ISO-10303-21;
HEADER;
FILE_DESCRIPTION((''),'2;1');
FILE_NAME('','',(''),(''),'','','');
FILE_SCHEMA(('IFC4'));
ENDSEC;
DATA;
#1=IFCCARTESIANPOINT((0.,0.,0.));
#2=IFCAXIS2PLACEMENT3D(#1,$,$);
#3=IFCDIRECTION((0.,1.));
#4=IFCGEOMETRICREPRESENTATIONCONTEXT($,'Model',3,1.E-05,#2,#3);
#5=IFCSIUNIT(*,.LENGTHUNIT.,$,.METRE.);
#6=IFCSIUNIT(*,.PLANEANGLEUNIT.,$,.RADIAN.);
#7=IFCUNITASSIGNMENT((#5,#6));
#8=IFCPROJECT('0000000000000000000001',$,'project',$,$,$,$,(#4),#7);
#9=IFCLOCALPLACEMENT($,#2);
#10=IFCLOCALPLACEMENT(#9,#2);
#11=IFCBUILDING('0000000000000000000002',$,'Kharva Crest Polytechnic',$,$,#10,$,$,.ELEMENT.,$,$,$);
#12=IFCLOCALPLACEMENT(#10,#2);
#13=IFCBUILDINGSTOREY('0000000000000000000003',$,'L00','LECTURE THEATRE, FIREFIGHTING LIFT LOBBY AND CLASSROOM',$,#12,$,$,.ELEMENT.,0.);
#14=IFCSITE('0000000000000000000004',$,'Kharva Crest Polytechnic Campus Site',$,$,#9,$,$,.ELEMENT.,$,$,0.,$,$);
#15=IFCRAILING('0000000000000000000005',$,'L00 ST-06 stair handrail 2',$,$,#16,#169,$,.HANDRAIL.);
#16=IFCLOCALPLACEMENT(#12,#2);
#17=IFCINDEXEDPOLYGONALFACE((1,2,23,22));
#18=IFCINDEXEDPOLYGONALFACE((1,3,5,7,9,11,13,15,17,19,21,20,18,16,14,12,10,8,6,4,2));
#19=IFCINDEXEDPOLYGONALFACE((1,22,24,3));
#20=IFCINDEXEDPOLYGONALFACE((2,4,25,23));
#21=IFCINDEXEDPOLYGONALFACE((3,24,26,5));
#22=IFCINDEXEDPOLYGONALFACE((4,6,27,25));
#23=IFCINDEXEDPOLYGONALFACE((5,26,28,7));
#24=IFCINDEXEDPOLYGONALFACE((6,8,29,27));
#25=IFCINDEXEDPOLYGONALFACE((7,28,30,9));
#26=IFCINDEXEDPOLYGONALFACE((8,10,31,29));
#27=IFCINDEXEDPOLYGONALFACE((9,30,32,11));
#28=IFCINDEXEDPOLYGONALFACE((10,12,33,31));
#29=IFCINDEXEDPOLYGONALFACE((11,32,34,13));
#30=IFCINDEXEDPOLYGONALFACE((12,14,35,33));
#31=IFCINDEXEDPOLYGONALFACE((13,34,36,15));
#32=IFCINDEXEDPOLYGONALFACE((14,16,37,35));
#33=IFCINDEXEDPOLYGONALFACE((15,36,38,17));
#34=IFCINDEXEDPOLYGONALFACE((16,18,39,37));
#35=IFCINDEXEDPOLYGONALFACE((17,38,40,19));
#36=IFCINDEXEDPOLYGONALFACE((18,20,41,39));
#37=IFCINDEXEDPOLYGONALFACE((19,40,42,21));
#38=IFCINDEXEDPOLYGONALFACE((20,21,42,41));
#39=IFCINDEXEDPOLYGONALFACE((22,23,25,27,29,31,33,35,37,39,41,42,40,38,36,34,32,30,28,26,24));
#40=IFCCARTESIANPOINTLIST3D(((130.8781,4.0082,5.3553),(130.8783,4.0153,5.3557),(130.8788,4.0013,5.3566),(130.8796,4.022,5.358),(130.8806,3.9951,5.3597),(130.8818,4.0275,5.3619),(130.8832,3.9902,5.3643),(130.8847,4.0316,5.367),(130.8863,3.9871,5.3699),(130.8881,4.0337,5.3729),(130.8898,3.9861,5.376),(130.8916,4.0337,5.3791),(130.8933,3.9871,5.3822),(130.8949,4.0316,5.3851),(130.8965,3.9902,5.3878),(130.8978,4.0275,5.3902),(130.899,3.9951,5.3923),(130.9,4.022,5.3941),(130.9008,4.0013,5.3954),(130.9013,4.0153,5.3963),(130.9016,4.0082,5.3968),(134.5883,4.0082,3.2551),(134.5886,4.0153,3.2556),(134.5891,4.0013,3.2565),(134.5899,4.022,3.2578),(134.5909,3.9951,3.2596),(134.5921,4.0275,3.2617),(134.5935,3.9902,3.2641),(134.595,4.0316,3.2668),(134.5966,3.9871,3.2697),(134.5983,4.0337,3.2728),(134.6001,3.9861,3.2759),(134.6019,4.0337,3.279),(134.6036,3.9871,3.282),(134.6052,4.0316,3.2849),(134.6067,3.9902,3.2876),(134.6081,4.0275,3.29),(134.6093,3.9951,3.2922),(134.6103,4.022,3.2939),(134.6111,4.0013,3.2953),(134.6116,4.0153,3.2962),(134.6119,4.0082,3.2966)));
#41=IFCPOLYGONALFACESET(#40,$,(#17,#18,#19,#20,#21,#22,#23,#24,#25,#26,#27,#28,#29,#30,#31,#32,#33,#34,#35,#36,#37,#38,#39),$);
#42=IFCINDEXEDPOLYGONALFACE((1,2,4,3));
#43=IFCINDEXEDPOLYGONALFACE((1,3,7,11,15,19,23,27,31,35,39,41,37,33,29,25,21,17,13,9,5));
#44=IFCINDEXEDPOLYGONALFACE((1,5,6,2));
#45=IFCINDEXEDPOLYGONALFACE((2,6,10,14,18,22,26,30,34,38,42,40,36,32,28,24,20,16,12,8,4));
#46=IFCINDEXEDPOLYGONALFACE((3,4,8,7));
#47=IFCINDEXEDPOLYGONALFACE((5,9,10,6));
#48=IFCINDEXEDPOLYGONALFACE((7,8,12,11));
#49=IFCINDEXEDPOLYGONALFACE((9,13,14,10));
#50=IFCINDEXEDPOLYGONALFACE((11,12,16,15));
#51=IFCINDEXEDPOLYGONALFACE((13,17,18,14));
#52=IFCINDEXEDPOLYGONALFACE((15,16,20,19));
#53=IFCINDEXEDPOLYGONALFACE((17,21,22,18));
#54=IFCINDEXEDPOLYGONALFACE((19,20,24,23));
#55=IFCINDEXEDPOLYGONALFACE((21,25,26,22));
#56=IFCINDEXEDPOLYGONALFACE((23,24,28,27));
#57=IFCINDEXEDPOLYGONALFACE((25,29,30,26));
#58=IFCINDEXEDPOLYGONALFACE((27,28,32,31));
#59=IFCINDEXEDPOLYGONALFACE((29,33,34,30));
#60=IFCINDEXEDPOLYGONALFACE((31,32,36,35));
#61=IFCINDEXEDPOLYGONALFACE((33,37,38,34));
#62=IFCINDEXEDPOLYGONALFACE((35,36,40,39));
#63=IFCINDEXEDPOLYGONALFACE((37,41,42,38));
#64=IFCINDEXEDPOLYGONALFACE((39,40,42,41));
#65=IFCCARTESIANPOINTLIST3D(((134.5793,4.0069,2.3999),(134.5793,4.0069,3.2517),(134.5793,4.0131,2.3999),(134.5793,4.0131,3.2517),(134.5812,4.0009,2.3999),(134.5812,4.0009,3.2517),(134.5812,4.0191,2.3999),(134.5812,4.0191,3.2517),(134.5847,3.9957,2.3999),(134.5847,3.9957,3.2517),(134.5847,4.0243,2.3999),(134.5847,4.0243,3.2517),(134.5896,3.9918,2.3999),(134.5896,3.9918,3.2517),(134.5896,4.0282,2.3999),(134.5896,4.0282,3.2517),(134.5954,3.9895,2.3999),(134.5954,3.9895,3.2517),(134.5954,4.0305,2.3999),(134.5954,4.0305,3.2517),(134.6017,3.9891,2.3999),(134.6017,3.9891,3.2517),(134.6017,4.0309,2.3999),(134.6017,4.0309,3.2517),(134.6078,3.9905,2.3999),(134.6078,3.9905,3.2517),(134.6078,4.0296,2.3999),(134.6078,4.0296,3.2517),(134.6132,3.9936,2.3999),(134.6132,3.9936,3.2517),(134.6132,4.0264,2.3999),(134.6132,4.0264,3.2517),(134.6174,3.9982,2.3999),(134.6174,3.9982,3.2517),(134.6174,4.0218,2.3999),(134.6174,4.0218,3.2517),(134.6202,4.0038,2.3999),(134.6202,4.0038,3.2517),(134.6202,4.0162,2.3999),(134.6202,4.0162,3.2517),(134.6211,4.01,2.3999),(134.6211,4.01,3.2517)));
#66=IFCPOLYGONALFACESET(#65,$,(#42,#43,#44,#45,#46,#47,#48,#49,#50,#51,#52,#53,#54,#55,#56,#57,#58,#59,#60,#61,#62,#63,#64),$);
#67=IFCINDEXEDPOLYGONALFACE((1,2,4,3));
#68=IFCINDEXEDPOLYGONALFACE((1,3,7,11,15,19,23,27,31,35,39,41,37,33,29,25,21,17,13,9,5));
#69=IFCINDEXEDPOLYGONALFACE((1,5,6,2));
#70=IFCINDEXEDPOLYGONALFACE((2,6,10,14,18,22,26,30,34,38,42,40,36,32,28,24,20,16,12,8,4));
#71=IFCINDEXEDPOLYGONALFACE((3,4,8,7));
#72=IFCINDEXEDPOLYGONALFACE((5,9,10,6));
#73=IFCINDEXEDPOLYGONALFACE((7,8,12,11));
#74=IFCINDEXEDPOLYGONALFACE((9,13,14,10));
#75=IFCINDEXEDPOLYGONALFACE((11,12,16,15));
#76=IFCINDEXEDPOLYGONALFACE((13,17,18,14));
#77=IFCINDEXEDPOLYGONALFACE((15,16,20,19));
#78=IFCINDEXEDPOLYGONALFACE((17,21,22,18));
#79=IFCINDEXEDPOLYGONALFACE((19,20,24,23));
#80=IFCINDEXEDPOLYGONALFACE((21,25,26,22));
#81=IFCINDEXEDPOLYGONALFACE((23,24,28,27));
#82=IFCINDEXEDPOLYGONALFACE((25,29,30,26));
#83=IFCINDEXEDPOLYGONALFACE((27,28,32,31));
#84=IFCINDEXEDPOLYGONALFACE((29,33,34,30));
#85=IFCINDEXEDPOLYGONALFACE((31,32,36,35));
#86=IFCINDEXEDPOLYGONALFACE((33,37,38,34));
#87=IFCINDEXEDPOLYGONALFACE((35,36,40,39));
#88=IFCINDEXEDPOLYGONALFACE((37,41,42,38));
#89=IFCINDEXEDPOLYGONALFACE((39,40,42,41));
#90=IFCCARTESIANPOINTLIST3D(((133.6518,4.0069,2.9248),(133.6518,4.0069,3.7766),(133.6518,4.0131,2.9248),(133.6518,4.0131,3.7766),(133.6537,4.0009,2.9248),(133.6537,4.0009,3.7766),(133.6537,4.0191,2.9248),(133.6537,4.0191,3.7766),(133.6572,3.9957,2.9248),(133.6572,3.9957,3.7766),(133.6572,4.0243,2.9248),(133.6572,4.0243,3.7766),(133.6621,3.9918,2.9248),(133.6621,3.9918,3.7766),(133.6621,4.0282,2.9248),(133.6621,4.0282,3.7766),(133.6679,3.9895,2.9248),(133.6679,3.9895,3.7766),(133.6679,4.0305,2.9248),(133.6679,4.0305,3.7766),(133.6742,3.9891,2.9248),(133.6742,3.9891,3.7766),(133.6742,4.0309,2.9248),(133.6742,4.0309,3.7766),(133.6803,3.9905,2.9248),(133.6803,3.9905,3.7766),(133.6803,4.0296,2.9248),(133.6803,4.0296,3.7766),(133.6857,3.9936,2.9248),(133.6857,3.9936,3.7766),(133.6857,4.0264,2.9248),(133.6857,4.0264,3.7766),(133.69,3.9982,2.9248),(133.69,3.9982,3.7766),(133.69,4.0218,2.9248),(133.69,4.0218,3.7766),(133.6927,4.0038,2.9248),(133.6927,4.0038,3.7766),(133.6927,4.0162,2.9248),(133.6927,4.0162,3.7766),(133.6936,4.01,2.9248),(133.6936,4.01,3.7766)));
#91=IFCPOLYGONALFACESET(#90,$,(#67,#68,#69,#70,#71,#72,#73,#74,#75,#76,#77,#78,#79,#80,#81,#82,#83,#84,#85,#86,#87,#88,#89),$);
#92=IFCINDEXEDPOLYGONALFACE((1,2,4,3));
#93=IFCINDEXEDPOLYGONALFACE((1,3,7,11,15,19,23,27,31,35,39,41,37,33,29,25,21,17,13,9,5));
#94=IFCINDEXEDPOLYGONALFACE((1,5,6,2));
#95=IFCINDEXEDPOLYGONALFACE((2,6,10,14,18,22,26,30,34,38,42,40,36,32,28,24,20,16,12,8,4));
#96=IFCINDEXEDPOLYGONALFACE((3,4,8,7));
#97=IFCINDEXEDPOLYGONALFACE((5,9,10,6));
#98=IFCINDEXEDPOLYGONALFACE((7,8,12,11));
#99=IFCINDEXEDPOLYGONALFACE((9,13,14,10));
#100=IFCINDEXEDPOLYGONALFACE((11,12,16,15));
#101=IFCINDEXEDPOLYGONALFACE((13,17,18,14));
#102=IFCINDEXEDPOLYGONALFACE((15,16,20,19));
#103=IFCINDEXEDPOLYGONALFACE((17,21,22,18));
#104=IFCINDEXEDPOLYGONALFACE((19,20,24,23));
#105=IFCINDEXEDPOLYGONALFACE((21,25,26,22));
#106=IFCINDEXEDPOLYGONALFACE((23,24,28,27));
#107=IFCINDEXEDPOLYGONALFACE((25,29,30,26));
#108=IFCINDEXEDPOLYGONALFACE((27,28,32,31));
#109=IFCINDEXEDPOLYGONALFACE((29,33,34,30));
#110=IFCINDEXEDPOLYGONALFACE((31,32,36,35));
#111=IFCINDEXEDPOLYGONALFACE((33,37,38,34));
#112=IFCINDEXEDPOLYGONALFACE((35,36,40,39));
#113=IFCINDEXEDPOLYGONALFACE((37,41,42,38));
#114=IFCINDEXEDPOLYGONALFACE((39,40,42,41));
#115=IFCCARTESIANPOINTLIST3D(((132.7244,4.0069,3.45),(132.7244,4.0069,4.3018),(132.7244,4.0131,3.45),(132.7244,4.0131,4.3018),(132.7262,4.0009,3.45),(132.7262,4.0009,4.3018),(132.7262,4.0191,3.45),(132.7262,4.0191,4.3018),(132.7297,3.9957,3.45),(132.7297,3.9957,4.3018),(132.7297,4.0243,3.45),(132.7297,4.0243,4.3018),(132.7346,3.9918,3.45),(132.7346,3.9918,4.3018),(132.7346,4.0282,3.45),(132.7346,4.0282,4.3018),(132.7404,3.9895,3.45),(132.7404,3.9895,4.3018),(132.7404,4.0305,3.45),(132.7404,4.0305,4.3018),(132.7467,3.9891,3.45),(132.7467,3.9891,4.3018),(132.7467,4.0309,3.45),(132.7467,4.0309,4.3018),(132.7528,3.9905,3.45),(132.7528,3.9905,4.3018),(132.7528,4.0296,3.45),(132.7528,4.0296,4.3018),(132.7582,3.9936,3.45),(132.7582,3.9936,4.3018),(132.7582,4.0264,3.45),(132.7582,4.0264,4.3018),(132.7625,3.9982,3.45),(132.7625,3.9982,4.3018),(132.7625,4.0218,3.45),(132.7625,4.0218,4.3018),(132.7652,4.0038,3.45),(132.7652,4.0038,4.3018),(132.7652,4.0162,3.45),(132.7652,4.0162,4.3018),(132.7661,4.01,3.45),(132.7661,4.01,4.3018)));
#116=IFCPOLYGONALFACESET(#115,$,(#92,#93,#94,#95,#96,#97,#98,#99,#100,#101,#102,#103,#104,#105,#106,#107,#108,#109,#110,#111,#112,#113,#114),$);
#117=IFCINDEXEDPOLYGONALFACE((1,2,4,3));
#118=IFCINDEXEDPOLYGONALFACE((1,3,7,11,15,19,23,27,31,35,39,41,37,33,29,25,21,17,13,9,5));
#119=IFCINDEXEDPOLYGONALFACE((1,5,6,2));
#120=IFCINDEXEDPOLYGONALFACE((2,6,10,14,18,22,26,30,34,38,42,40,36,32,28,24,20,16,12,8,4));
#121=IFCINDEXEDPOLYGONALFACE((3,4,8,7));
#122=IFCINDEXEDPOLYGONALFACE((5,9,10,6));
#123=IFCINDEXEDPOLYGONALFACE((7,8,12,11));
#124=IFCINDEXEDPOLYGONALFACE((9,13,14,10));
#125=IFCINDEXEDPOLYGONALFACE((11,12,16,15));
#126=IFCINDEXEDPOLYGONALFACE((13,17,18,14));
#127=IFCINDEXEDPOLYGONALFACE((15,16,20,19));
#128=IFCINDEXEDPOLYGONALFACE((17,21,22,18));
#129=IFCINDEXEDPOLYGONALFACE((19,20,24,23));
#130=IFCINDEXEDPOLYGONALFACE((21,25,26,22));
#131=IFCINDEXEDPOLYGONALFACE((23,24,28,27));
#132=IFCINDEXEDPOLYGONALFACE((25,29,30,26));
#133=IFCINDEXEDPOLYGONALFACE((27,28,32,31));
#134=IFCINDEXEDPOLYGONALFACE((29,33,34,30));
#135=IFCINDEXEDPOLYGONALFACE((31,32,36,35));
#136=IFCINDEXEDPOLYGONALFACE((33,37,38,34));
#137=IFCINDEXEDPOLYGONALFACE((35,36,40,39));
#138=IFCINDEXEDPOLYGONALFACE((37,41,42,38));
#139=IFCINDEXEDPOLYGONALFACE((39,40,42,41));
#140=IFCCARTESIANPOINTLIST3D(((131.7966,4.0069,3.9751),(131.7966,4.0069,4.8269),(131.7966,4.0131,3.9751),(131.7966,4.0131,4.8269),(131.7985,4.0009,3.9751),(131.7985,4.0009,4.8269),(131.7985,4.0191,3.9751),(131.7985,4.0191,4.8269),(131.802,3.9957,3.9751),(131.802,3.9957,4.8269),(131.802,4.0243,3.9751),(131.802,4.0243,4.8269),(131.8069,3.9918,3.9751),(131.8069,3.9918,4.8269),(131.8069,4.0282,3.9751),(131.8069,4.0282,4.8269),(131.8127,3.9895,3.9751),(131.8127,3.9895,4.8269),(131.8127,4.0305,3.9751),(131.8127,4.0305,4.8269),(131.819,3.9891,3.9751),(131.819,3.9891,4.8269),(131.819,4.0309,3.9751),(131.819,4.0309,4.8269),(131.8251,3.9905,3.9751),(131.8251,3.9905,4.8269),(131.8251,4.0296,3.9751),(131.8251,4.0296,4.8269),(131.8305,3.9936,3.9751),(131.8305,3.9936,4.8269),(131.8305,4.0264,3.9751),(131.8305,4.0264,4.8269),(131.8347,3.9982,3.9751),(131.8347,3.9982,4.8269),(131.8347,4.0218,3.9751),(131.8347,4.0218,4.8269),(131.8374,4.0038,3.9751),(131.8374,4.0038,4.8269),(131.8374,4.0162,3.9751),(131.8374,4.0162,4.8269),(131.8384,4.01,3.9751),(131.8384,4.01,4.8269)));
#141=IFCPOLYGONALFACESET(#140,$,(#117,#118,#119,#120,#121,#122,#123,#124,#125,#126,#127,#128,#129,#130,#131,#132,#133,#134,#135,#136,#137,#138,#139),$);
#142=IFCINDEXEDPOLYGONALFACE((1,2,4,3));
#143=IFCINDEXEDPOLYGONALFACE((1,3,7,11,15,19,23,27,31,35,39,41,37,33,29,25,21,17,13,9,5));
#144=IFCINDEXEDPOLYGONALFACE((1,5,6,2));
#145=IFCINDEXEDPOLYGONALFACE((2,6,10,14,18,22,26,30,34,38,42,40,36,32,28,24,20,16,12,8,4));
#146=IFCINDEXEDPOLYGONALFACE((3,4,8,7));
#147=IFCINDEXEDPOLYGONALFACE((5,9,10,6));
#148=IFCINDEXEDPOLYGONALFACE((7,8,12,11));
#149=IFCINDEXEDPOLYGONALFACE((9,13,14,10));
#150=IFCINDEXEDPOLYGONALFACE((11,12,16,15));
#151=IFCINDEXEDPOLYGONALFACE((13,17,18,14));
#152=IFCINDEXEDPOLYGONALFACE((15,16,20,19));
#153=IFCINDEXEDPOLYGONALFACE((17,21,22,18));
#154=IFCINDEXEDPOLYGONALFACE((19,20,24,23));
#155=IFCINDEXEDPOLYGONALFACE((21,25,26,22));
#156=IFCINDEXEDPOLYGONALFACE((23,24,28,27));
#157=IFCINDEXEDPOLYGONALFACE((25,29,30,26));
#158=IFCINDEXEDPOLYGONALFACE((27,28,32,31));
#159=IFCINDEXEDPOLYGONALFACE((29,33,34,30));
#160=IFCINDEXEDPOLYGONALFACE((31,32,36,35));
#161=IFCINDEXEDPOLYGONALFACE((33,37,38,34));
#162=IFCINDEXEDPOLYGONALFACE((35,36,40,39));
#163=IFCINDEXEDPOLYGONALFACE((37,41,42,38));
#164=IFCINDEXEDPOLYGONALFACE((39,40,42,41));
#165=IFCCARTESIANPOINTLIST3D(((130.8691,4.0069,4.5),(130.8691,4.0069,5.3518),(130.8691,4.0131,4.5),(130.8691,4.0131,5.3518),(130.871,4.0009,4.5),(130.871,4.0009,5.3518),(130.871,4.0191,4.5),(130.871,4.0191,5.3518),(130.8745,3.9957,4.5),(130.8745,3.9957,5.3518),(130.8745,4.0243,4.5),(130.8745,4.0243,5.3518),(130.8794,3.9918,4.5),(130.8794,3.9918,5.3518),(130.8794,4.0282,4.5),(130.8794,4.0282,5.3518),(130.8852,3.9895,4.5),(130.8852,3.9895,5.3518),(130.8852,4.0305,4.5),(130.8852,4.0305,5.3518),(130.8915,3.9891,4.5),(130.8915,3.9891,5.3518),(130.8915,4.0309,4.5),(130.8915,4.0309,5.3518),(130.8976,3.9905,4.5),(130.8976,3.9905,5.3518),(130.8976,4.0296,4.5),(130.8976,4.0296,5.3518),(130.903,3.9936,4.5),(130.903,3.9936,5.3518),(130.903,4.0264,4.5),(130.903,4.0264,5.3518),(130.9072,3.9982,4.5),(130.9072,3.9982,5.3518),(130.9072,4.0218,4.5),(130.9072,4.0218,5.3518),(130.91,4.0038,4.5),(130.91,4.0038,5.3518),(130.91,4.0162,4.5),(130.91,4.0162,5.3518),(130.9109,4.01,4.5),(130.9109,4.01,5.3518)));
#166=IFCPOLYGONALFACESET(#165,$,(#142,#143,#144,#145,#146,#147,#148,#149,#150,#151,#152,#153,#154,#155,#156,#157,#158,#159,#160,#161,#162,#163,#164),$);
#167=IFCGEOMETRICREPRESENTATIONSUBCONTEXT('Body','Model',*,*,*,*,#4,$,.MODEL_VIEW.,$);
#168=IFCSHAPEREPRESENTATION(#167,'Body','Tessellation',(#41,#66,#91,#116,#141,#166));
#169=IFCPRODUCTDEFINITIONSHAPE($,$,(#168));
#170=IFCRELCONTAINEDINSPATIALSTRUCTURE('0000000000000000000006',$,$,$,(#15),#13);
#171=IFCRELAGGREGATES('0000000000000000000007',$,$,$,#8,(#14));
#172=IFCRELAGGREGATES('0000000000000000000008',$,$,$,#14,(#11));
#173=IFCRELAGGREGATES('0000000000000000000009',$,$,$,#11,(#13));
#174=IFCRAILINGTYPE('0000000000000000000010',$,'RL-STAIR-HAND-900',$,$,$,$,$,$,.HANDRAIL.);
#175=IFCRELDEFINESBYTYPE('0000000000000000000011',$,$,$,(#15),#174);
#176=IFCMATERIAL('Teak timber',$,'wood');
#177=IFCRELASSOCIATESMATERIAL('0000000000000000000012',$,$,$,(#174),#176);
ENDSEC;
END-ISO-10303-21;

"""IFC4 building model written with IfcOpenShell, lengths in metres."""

from ifc_helpers import new_model, si_unit, direction, frame, origin, origin_2d, place, context, subcontext, project, spatial, circle, extrude, material, type_object, element, save


model = new_model("IFC4")

# Units and contexts
model_context = context("Model", 3, precision=1e-05, world=origin(), true_north=direction((0.0, 1.0)))
body_context = subcontext(model_context, "Body", "Model", "MODEL_VIEW")
ifc_project = project(units=[si_unit("LENGTHUNIT", "METRE"), si_unit("PLANEANGLEUNIT", "RADIAN")], contexts=[model_context])

# Site, building, storey
site_placement = place(None, origin())
site = spatial("IfcSite", under=ifc_project, at=site_placement, Name="Kharva Crest Polytechnic Campus Site", CompositionType="ELEMENT", RefElevation=0.0)
building_placement = place(site_placement, origin())
building = spatial("IfcBuilding", under=site, at=building_placement, Name="Kharva Crest Polytechnic", CompositionType="ELEMENT")
storey_placement = place(building_placement, origin())
storey = spatial("IfcBuildingStorey", under=building, at=storey_placement, Name="L00", Description="LECTURE THEATRE, FIREFIGHTING LIFT LOBBY AND CLASSROOM", CompositionType="ELEMENT", Elevation=0.0)

# Shared definitions
ifc_material_1 = material(Name="Teak timber", Category="wood")

# Railing
railing_type_1 = type_object("IfcRailingType", Name="RL-STAIR-HAND-900", PredefinedType="HANDRAIL", material=ifc_material_1)
railing_1_placement = place(storey_placement, frame((134.6001, 4.01, 2.3999)))
element("IfcRailing", 1, at=railing_1_placement, inside=storey, type_object=railing_type_1, Name="L00 ST-06 stair handrail 2", PredefinedType="HANDRAIL", context=body_context, shape_type="SweptSolid", body=[
    extrude(circle(Radius=0.0239, at=origin_2d()), frame((0.0, 0.0, 0.876), z_axis=(-0.870259, 0.0, 0.492595), x_axis=(0.0, -1.0, 0.0)), (0.0, 0.0, 1.0), 4.2634),
    extrude(circle(Radius=0.021, at=origin_2d()), origin(), (0.0, 0.0, 1.0), 0.8518),
    extrude(circle(Radius=0.021, at=origin_2d()), frame((-0.9275, 0.0, 0.5249)), (0.0, 0.0, 1.0), 0.8518),
    extrude(circle(Radius=0.021, at=origin_2d()), frame((-1.855, 0.0, 1.05)), (0.0, 0.0, 1.0), 0.8518),
    extrude(circle(Radius=0.021, at=origin_2d()), frame((-2.7827, 0.0, 1.5752)), (0.0, 0.0, 1.0), 0.8518),
    extrude(circle(Radius=0.021, at=origin_2d()), frame((-3.7102, 0.0, 2.1001)), (0.0, 0.0, 1.0), 0.8518),
])

save(model, "model.ifc")
